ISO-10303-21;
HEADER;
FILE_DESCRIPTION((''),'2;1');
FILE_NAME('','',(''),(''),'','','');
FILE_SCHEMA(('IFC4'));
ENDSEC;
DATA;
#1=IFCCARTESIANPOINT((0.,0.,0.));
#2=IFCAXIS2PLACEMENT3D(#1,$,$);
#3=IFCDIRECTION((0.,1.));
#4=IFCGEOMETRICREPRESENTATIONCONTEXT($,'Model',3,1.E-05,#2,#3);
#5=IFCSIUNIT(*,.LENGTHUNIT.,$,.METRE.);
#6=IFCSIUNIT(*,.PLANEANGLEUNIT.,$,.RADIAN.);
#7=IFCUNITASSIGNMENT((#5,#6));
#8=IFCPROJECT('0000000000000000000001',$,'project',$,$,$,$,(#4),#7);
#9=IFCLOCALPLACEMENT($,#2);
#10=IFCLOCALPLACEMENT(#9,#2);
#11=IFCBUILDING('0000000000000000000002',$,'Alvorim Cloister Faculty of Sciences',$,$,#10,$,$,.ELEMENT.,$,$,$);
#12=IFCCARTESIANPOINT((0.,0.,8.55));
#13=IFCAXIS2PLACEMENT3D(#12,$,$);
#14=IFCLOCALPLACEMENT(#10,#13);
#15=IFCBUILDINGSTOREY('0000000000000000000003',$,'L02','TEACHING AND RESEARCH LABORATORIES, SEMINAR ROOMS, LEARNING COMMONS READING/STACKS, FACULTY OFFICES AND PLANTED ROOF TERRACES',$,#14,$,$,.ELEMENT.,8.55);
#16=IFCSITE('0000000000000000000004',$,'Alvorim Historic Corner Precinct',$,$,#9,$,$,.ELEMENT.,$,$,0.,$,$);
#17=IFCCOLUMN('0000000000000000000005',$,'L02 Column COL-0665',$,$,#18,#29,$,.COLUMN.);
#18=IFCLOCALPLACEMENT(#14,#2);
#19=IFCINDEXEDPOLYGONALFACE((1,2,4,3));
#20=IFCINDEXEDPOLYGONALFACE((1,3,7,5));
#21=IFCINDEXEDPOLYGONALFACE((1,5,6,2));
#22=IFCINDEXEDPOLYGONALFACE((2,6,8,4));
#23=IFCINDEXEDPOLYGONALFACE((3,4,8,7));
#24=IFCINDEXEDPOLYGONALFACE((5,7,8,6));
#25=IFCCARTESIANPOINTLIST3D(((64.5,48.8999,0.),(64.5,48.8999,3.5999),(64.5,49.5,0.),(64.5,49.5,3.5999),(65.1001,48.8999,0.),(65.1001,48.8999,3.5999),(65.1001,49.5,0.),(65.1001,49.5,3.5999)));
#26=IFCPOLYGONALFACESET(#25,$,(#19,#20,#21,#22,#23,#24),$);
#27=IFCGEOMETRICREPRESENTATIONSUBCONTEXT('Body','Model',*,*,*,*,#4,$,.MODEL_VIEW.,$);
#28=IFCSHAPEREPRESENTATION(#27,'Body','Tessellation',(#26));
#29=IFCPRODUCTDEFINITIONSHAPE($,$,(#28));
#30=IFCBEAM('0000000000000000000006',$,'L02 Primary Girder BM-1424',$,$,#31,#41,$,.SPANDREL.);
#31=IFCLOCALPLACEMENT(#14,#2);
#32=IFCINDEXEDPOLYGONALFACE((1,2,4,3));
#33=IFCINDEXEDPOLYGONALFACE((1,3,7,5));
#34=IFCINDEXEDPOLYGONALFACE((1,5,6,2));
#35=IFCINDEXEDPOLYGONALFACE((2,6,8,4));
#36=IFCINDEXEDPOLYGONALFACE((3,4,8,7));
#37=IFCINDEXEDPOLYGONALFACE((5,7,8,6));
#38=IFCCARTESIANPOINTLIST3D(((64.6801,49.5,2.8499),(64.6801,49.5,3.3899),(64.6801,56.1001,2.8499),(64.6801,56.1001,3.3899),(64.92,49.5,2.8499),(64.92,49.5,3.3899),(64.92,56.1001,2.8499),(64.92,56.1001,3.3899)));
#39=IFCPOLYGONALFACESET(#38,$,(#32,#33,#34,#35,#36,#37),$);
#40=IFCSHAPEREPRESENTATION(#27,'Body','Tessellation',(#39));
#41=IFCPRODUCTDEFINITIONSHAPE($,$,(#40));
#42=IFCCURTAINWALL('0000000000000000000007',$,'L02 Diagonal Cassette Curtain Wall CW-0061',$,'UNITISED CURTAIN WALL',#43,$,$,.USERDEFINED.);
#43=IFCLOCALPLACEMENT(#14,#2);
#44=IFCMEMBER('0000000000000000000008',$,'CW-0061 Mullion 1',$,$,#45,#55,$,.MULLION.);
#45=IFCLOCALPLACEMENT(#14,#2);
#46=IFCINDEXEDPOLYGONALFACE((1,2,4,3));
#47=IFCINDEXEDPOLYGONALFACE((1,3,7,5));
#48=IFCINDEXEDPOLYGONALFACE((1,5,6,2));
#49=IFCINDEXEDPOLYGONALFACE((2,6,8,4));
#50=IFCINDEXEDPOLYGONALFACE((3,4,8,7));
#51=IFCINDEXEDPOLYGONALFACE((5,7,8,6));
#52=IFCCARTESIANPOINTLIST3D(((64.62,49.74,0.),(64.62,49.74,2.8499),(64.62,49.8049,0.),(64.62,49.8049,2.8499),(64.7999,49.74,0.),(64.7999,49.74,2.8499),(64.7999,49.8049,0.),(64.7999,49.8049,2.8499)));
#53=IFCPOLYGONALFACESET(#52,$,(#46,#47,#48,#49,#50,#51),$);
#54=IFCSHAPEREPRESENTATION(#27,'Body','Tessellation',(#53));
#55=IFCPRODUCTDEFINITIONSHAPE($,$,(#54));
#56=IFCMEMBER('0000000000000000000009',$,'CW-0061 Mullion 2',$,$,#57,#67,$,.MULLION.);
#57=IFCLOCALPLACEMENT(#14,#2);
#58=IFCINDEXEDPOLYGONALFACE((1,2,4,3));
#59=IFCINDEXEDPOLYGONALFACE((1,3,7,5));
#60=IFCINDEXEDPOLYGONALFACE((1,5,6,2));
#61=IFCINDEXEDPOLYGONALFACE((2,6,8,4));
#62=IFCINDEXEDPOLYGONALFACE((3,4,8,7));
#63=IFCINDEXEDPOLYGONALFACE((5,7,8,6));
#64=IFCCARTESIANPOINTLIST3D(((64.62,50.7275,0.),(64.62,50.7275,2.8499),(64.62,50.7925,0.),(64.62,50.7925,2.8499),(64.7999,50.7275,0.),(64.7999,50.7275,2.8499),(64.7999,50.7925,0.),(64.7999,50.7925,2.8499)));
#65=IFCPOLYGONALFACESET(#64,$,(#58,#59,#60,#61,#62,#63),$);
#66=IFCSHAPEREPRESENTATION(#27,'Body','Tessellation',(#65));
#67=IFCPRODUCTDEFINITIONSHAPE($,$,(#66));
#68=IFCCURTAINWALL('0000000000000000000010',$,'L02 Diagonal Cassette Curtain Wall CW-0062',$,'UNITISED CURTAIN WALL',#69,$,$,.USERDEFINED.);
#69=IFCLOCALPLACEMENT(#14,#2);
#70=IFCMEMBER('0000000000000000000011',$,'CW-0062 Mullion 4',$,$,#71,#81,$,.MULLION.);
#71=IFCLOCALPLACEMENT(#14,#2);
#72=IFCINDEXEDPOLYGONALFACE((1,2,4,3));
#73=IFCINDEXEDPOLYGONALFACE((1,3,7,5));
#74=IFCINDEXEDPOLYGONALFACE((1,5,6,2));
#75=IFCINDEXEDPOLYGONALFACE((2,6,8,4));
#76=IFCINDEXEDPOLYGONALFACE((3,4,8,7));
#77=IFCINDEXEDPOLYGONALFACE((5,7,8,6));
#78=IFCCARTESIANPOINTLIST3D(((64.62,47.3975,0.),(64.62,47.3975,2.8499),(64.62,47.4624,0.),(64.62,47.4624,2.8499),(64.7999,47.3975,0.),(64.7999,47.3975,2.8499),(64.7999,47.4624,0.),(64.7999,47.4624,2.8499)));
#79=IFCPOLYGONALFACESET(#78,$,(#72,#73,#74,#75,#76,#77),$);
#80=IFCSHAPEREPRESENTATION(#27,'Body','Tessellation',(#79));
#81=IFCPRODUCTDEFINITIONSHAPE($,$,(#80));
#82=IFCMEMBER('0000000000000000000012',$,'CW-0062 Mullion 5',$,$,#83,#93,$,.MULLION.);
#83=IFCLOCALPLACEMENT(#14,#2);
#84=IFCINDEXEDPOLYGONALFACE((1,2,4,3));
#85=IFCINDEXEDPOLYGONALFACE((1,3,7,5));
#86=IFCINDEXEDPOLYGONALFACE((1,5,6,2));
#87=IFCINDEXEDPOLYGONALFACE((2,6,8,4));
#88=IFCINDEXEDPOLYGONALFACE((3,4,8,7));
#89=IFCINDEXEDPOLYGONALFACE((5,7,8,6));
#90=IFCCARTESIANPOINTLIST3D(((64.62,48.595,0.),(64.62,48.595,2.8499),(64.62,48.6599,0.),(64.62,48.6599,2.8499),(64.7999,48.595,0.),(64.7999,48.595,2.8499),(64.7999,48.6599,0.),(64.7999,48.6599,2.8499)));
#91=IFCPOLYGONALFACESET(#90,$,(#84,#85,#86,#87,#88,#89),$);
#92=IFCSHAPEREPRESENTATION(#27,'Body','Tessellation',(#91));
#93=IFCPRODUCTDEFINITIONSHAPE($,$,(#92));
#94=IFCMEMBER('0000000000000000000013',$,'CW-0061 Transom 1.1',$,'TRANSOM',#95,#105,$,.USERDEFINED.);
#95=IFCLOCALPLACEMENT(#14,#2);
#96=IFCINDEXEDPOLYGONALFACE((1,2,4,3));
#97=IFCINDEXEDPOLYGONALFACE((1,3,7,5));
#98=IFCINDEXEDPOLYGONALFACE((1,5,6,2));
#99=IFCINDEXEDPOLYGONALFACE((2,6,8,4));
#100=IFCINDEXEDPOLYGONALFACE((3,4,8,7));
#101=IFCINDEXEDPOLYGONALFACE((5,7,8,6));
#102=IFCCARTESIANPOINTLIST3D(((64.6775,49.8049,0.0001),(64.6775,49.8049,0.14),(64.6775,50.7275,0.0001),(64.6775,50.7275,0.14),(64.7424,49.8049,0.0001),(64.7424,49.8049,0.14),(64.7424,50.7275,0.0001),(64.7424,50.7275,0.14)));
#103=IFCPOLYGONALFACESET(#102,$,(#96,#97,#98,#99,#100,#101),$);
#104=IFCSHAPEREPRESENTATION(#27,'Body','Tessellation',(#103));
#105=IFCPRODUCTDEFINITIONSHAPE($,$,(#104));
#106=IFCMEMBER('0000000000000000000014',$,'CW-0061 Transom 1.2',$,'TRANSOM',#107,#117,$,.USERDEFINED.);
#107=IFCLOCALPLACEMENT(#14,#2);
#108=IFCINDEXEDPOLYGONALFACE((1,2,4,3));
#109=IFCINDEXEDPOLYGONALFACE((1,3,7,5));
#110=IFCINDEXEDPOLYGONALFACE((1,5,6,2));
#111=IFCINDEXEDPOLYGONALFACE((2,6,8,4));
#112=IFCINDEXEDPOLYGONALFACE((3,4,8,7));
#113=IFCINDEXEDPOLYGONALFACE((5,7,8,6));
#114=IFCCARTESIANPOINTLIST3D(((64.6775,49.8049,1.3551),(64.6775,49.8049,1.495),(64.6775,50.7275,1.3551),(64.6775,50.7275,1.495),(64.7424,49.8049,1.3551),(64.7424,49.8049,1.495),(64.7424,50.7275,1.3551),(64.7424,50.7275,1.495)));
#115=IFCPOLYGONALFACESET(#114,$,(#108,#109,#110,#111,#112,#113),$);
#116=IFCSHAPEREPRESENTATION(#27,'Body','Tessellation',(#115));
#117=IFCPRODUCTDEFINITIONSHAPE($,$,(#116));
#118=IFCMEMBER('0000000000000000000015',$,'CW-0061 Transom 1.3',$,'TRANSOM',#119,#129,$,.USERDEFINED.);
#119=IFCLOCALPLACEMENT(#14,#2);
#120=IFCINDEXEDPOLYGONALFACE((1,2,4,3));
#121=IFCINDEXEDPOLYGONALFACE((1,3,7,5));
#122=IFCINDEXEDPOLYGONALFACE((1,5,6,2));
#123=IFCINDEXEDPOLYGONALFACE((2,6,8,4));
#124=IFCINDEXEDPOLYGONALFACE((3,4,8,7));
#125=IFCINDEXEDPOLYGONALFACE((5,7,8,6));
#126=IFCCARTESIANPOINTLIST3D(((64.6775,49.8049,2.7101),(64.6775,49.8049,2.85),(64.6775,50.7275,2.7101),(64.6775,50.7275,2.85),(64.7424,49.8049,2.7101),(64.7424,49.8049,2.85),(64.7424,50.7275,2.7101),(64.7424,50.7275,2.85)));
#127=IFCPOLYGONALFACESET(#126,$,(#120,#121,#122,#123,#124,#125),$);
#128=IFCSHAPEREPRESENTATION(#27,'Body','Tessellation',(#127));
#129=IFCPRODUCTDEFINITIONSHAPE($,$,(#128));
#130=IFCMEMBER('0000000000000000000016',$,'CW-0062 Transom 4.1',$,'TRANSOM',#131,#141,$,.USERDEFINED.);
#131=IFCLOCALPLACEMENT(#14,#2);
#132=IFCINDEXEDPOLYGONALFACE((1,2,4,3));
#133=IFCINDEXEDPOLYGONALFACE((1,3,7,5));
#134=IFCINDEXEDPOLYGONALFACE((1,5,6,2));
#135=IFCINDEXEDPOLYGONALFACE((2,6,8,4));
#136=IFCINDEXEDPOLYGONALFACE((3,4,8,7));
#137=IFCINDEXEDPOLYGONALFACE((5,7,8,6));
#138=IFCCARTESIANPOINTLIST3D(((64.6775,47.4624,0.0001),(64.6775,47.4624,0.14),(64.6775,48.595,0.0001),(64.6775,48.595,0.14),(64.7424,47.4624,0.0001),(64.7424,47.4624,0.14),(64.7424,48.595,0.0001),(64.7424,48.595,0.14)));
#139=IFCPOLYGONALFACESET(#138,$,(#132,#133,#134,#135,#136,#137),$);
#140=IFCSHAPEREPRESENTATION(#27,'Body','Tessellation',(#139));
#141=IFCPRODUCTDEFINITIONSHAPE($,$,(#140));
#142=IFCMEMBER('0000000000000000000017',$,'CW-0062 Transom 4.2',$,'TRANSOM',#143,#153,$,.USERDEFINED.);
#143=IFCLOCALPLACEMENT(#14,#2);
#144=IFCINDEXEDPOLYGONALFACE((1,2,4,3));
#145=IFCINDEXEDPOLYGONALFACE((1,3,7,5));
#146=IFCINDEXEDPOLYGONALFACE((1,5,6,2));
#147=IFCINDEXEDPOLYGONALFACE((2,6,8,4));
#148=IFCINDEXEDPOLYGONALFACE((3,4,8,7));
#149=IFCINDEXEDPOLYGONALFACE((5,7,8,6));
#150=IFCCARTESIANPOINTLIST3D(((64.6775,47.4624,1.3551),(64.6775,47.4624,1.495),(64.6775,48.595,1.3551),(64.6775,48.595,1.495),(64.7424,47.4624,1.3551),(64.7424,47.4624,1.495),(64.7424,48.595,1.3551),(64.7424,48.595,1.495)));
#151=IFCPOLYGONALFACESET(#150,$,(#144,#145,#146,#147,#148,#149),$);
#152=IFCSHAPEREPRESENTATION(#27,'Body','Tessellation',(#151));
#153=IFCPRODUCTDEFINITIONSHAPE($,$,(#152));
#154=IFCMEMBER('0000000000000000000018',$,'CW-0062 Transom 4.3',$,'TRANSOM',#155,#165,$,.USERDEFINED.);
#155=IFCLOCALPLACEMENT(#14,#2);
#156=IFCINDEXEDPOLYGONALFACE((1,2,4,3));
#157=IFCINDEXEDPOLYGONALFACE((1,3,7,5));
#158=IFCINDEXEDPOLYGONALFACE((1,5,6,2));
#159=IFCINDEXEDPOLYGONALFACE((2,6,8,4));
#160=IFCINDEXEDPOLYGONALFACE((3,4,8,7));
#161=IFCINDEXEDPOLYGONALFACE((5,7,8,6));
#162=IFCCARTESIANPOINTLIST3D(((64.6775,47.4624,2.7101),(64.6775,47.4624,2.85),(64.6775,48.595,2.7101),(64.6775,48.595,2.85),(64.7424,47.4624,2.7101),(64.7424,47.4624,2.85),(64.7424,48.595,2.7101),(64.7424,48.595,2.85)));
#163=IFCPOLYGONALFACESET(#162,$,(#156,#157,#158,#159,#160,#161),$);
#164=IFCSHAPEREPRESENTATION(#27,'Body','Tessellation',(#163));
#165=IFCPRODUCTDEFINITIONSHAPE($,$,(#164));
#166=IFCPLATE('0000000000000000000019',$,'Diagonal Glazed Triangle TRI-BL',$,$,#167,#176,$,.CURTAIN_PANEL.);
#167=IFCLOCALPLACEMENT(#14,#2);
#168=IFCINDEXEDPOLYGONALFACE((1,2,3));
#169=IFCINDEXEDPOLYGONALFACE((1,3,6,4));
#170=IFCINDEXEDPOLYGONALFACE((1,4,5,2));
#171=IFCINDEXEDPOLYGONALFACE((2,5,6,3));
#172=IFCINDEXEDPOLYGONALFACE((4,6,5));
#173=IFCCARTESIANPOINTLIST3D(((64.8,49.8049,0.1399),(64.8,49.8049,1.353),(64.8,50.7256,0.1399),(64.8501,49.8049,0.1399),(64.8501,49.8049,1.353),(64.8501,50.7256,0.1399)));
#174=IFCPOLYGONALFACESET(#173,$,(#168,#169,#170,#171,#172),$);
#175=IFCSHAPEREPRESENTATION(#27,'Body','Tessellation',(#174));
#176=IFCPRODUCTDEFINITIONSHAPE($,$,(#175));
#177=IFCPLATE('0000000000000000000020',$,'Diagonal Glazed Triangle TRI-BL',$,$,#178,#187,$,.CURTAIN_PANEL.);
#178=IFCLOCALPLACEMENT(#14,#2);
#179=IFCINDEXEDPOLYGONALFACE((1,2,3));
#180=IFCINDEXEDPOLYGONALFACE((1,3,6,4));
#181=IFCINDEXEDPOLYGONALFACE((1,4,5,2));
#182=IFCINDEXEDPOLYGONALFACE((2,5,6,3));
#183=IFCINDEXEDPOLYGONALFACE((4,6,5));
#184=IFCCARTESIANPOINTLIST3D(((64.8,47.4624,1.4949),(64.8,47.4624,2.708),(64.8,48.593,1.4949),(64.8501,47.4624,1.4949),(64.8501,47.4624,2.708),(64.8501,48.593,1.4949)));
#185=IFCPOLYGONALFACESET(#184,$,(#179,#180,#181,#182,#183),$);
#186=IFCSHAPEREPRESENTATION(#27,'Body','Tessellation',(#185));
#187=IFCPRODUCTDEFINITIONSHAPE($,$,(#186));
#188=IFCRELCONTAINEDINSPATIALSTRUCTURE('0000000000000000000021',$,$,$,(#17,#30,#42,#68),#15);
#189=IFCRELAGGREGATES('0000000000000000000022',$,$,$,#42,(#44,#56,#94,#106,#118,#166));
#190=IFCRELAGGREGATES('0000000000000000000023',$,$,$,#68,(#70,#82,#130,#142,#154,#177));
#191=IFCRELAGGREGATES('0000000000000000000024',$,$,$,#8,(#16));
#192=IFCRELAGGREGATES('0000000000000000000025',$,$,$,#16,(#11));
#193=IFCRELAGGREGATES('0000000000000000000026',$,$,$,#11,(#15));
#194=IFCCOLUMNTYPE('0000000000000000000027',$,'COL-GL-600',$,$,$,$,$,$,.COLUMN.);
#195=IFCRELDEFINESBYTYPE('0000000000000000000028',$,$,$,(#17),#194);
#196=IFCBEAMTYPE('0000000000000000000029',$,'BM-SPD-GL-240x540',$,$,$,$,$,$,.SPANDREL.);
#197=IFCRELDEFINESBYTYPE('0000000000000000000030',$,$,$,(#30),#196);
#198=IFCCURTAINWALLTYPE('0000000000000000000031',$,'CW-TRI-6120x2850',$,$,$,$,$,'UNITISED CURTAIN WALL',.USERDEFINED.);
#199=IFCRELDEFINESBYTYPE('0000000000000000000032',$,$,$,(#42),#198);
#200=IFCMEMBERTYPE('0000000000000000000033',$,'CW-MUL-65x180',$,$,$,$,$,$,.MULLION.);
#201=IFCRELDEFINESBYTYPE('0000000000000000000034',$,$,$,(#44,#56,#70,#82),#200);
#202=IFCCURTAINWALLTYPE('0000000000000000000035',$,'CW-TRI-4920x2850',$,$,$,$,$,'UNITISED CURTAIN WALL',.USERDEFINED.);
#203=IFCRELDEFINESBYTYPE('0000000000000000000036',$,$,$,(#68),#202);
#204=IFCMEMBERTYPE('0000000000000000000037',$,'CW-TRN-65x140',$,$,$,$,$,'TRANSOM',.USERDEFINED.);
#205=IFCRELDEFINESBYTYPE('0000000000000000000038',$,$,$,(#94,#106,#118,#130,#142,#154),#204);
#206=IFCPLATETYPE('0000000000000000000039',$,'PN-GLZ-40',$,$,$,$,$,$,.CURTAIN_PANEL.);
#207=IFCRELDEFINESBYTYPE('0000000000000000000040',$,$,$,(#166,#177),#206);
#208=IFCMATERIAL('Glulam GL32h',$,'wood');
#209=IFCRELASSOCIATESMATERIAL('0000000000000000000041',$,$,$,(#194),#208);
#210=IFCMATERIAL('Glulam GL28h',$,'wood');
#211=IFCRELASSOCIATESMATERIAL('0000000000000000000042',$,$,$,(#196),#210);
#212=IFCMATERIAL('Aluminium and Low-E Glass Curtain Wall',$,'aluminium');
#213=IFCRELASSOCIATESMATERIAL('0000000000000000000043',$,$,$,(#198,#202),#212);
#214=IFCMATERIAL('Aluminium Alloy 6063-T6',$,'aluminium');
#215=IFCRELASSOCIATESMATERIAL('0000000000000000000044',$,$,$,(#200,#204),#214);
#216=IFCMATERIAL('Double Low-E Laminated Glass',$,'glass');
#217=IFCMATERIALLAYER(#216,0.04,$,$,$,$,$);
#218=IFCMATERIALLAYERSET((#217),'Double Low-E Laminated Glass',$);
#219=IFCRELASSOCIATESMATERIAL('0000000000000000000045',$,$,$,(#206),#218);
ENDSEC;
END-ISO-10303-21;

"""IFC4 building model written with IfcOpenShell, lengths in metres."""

from ifc_helpers import new_model, si_unit, direction, frame, origin, origin_2d, place, context, subcontext, project, spatial, polyline, rectangle, outline, extrude, material, layer, layer_set, material_profile, profile_set, type_object, element, aggregate, save


model = new_model("IFC4")

# Units and contexts
model_context = context("Model", 3, precision=1e-05, world=origin(), true_north=direction((0.0, 1.0)))
body_context = subcontext(model_context, "Body", "Model", "MODEL_VIEW")
ifc_project = project(units=[si_unit("LENGTHUNIT", "METRE"), si_unit("PLANEANGLEUNIT", "RADIAN")], contexts=[model_context])

# Site, building, storey
site_placement = place(None, origin())
site = spatial("IfcSite", under=ifc_project, at=site_placement, Name="Alvorim Historic Corner Precinct", CompositionType="ELEMENT", RefElevation=0.0)
building_placement = place(site_placement, origin())
building = spatial("IfcBuilding", under=site, at=building_placement, Name="Alvorim Cloister Faculty of Sciences", CompositionType="ELEMENT")
storey_placement = place(building_placement, frame((0.0, 0.0, 8.55)))
storey = spatial("IfcBuildingStorey", under=building, at=storey_placement, Name="L02", Description="TEACHING AND RESEARCH LABORATORIES, SEMINAR ROOMS, LEARNING COMMONS READING/STACKS, FACULTY OFFICES AND PLANTED ROOF TERRACES", CompositionType="ELEMENT", Elevation=8.55)

# Column
ifc_material_1 = material(Name="Glulam GL32h", Category="wood")
ifc_material_profile_1 = material_profile(ifc_material_1, rectangle(XDim=0.6001, YDim=0.6001, at=origin_2d()), Name="GL32-COL-600x600")
ifc_profile_set_1 = profile_set([ifc_material_profile_1], Name="Glulam GL32h")
column_type = type_object("IfcColumnType", Name="COL-GL-600", PredefinedType="COLUMN", material=ifc_profile_set_1)
column_placement = place(storey_placement, frame((64.8, 49.2, 0.0), z_axis=(0.0, 0.0, 1.0), x_axis=(1.0, 0.0, 0.0)))
element("IfcColumn", 1, at=column_placement, inside=storey, type_object=column_type, Name="L02 Column COL-0665", PredefinedType="COLUMN", context=body_context, shape_type="SweptSolid", body=[
    extrude(rectangle(XDim=0.6001, YDim=0.6001, at=origin_2d()), origin(), (0.0, 0.0, 1.0), 3.5999),
])

# Beam
ifc_material_2 = material(Name="Glulam GL28h", Category="wood")
ifc_material_profile_2 = material_profile(ifc_material_2, rectangle(XDim=0.24, YDim=0.54, at=origin_2d()), Name="GL28-SPD-240x540")
ifc_profile_set_2 = profile_set([ifc_material_profile_2], Name="Glulam GL28h")
beam_type = type_object("IfcBeamType", Name="BM-SPD-GL-240x540", PredefinedType="SPANDREL", material=ifc_profile_set_2)
beam_placement = place(storey_placement, frame((64.8, 49.5, 3.1199), z_axis=(0.0, 1.0, 0.0), x_axis=(-1.0, 0.0, 0.0)))
element("IfcBeam", 2, at=beam_placement, inside=storey, type_object=beam_type, Name="L02 Primary Girder BM-1424", PredefinedType="SPANDREL", context=body_context, shape_type="SweptSolid", body=[
    extrude(rectangle(XDim=0.24, YDim=0.54, at=origin_2d()), origin(), (0.0, 0.0, 1.0), 6.6001),
])

# Curtain walls, members
ifc_material_3 = material(Name="Aluminium and Low-E Glass Curtain Wall", Category="aluminium")
curtain_wall_type_1 = type_object("IfcCurtainWallType", Name="CW-TRI-6120x2850", ElementType="UNITISED CURTAIN WALL", PredefinedType="USERDEFINED", material=ifc_material_3)
curtain_wall_1_placement = place(storey_placement, origin())
curtain_wall_1 = element("IfcCurtainWall", 3, at=curtain_wall_1_placement, inside=storey, type_object=curtain_wall_type_1, Name="L02 Diagonal Cassette Curtain Wall CW-0061", ObjectType="UNITISED CURTAIN WALL", PredefinedType="USERDEFINED")
ifc_material_4 = material(Name="Aluminium Alloy 6063-T6", Category="aluminium")
ifc_material_profile_3 = material_profile(ifc_material_4, rectangle(XDim=0.0649, YDim=0.1799, at=origin_2d()), Name="ALU-MUL-65x180")
ifc_profile_set_3 = profile_set([ifc_material_profile_3], Name="Aluminium Alloy 6063-T6")
member_type_1 = type_object("IfcMemberType", Name="CW-MUL-65x180", PredefinedType="MULLION", material=ifc_profile_set_3)
member_1_placement = place(storey_placement, frame((64.71, 49.7725, 0.0), z_axis=(0.0, 0.0, 1.0), x_axis=(0.0, 1.0, 0.0)))
member_1 = element("IfcMember", 4, at=member_1_placement, type_object=member_type_1, Name="CW-0061 Mullion 1", PredefinedType="MULLION", context=body_context, shape_type="SweptSolid", body=[
    extrude(rectangle(XDim=0.0649, YDim=0.1799, at=origin_2d()), origin(), (0.0, 0.0, 1.0), 2.8499),
])
member_2_placement = place(storey_placement, frame((64.71, 50.76, 0.0), z_axis=(0.0, 0.0, 1.0), x_axis=(0.0, 1.0, 0.0)))
member_2 = element("IfcMember", 5, at=member_2_placement, type_object=member_type_1, Name="CW-0061 Mullion 2", PredefinedType="MULLION", context=body_context, shape_type="SweptSolid", body=[
    extrude(rectangle(XDim=0.0649, YDim=0.1799, at=origin_2d()), origin(), (0.0, 0.0, 1.0), 2.8499),
])
curtain_wall_type_2 = type_object("IfcCurtainWallType", Name="CW-TRI-4920x2850", ElementType="UNITISED CURTAIN WALL", PredefinedType="USERDEFINED", material=ifc_material_3)
curtain_wall_2_placement = place(storey_placement, origin())
curtain_wall_2 = element("IfcCurtainWall", 6, at=curtain_wall_2_placement, inside=storey, type_object=curtain_wall_type_2, Name="L02 Diagonal Cassette Curtain Wall CW-0062", ObjectType="UNITISED CURTAIN WALL", PredefinedType="USERDEFINED")
member_3_placement = place(storey_placement, frame((64.71, 47.4299, 0.0), z_axis=(0.0, 0.0, 1.0), x_axis=(0.0, 1.0, 0.0)))
member_3 = element("IfcMember", 7, at=member_3_placement, type_object=member_type_1, Name="CW-0062 Mullion 4", PredefinedType="MULLION", context=body_context, shape_type="SweptSolid", body=[
    extrude(rectangle(XDim=0.0649, YDim=0.1799, at=origin_2d()), origin(), (0.0, 0.0, 1.0), 2.8499),
])
member_4_placement = place(storey_placement, frame((64.71, 48.6274, 0.0), z_axis=(0.0, 0.0, 1.0), x_axis=(0.0, 1.0, 0.0)))
member_4 = element("IfcMember", 8, at=member_4_placement, type_object=member_type_1, Name="CW-0062 Mullion 5", PredefinedType="MULLION", context=body_context, shape_type="SweptSolid", body=[
    extrude(rectangle(XDim=0.0649, YDim=0.1799, at=origin_2d()), origin(), (0.0, 0.0, 1.0), 2.8499),
])

# Members
ifc_material_profile_4 = material_profile(ifc_material_4, rectangle(XDim=0.0649, YDim=0.1399, at=origin_2d()), Name="ALU-TRN-65x140")
ifc_profile_set_4 = profile_set([ifc_material_profile_4], Name="Aluminium Alloy 6063-T6")
member_type_2 = type_object("IfcMemberType", Name="CW-TRN-65x140", ElementType="TRANSOM", PredefinedType="USERDEFINED", material=ifc_profile_set_4)
member_5_placement = place(storey_placement, frame((64.71, 49.8049, 0.0701), z_axis=(0.0, 1.0, 0.0), x_axis=(-1.0, 0.0, 0.0)))
member_5 = element("IfcMember", 9, at=member_5_placement, type_object=member_type_2, Name="CW-0061 Transom 1.1", ObjectType="TRANSOM", PredefinedType="USERDEFINED", context=body_context, shape_type="SweptSolid", body=[
    extrude(rectangle(XDim=0.0649, YDim=0.1399, at=origin_2d()), origin(), (0.0, 0.0, 1.0), 0.9226),
])
member_6_placement = place(storey_placement, frame((64.71, 49.8049, 1.425), z_axis=(0.0, 1.0, 0.0), x_axis=(-1.0, 0.0, 0.0)))
member_6 = element("IfcMember", 10, at=member_6_placement, type_object=member_type_2, Name="CW-0061 Transom 1.2", ObjectType="TRANSOM", PredefinedType="USERDEFINED", context=body_context, shape_type="SweptSolid", body=[
    extrude(rectangle(XDim=0.0649, YDim=0.1399, at=origin_2d()), origin(), (0.0, 0.0, 1.0), 0.9226),
])
member_7_placement = place(storey_placement, frame((64.71, 49.8049, 2.78), z_axis=(0.0, 1.0, 0.0), x_axis=(-1.0, 0.0, 0.0)))
member_7 = element("IfcMember", 11, at=member_7_placement, type_object=member_type_2, Name="CW-0061 Transom 1.3", ObjectType="TRANSOM", PredefinedType="USERDEFINED", context=body_context, shape_type="SweptSolid", body=[
    extrude(rectangle(XDim=0.0649, YDim=0.1399, at=origin_2d()), origin(), (0.0, 0.0, 1.0), 0.9226),
])
member_8_placement = place(storey_placement, frame((64.71, 47.4624, 0.0701), z_axis=(0.0, 1.0, 0.0), x_axis=(-1.0, 0.0, 0.0)))
member_8 = element("IfcMember", 12, at=member_8_placement, type_object=member_type_2, Name="CW-0062 Transom 4.1", ObjectType="TRANSOM", PredefinedType="USERDEFINED", context=body_context, shape_type="SweptSolid", body=[
    extrude(rectangle(XDim=0.0649, YDim=0.1399, at=origin_2d()), origin(), (0.0, 0.0, 1.0), 1.1326),
])
member_9_placement = place(storey_placement, frame((64.71, 47.4624, 1.425), z_axis=(0.0, 1.0, 0.0), x_axis=(-1.0, 0.0, 0.0)))
member_9 = element("IfcMember", 13, at=member_9_placement, type_object=member_type_2, Name="CW-0062 Transom 4.2", ObjectType="TRANSOM", PredefinedType="USERDEFINED", context=body_context, shape_type="SweptSolid", body=[
    extrude(rectangle(XDim=0.0649, YDim=0.1399, at=origin_2d()), origin(), (0.0, 0.0, 1.0), 1.1326),
])
member_10_placement = place(storey_placement, frame((64.71, 47.4624, 2.78), z_axis=(0.0, 1.0, 0.0), x_axis=(-1.0, 0.0, 0.0)))
member_10 = element("IfcMember", 14, at=member_10_placement, type_object=member_type_2, Name="CW-0062 Transom 4.3", ObjectType="TRANSOM", PredefinedType="USERDEFINED", context=body_context, shape_type="SweptSolid", body=[
    extrude(rectangle(XDim=0.0649, YDim=0.1399, at=origin_2d()), origin(), (0.0, 0.0, 1.0), 1.1326),
])

# Plates
ifc_material_5 = material(Name="Double Low-E Laminated Glass", Category="glass")
ifc_layer_1 = layer(ifc_material_5, 0.04)
ifc_layer_set_1 = layer_set([ifc_layer_1], Name="Double Low-E Laminated Glass")
plate_type = type_object("IfcPlateType", Name="PN-GLZ-40", PredefinedType="CURTAIN_PANEL", material=ifc_layer_set_1)
plate_1_placement = place(storey_placement, frame((64.825, 49.8049, 0.1399), z_axis=(0.0, 0.0, 1.0), x_axis=(0.0, 1.0, 0.0)))
plate_1 = element("IfcPlate", 15, at=plate_1_placement, type_object=plate_type, Name="Diagonal Glazed Triangle TRI-BL", PredefinedType="CURTAIN_PANEL", context=body_context, shape_type="SweptSolid", body=[
    extrude(outline(polyline([(0.0, 0.0), (0.9207, 0.0), (0.0, 1.2131), (0.0, 0.0)])), frame((0.0, 0.0249, 0.0), z_axis=(0.0, -1.0, 0.0), x_axis=(1.0, 0.0, 0.0)), (0.0, 0.0, 1.0), 0.05),
])
aggregate(curtain_wall_1, [member_1, member_2, member_5, member_6, member_7, plate_1])
plate_2_placement = place(storey_placement, frame((64.825, 47.4624, 1.4949), z_axis=(0.0, 0.0, 1.0), x_axis=(0.0, 1.0, 0.0)))
plate_2 = element("IfcPlate", 16, at=plate_2_placement, type_object=plate_type, Name="Diagonal Glazed Triangle TRI-BL", PredefinedType="CURTAIN_PANEL", context=body_context, shape_type="SweptSolid", body=[
    extrude(outline(polyline([(0.0, 0.0), (1.1306, 0.0), (0.0, 1.2131), (0.0, 0.0)])), frame((0.0, 0.0249, 0.0), z_axis=(0.0, -1.0, 0.0), x_axis=(1.0, 0.0, 0.0)), (0.0, 0.0, 1.0), 0.05),
])
aggregate(curtain_wall_2, [member_3, member_4, member_8, member_9, member_10, plate_2])

save(model, "model.ifc")
